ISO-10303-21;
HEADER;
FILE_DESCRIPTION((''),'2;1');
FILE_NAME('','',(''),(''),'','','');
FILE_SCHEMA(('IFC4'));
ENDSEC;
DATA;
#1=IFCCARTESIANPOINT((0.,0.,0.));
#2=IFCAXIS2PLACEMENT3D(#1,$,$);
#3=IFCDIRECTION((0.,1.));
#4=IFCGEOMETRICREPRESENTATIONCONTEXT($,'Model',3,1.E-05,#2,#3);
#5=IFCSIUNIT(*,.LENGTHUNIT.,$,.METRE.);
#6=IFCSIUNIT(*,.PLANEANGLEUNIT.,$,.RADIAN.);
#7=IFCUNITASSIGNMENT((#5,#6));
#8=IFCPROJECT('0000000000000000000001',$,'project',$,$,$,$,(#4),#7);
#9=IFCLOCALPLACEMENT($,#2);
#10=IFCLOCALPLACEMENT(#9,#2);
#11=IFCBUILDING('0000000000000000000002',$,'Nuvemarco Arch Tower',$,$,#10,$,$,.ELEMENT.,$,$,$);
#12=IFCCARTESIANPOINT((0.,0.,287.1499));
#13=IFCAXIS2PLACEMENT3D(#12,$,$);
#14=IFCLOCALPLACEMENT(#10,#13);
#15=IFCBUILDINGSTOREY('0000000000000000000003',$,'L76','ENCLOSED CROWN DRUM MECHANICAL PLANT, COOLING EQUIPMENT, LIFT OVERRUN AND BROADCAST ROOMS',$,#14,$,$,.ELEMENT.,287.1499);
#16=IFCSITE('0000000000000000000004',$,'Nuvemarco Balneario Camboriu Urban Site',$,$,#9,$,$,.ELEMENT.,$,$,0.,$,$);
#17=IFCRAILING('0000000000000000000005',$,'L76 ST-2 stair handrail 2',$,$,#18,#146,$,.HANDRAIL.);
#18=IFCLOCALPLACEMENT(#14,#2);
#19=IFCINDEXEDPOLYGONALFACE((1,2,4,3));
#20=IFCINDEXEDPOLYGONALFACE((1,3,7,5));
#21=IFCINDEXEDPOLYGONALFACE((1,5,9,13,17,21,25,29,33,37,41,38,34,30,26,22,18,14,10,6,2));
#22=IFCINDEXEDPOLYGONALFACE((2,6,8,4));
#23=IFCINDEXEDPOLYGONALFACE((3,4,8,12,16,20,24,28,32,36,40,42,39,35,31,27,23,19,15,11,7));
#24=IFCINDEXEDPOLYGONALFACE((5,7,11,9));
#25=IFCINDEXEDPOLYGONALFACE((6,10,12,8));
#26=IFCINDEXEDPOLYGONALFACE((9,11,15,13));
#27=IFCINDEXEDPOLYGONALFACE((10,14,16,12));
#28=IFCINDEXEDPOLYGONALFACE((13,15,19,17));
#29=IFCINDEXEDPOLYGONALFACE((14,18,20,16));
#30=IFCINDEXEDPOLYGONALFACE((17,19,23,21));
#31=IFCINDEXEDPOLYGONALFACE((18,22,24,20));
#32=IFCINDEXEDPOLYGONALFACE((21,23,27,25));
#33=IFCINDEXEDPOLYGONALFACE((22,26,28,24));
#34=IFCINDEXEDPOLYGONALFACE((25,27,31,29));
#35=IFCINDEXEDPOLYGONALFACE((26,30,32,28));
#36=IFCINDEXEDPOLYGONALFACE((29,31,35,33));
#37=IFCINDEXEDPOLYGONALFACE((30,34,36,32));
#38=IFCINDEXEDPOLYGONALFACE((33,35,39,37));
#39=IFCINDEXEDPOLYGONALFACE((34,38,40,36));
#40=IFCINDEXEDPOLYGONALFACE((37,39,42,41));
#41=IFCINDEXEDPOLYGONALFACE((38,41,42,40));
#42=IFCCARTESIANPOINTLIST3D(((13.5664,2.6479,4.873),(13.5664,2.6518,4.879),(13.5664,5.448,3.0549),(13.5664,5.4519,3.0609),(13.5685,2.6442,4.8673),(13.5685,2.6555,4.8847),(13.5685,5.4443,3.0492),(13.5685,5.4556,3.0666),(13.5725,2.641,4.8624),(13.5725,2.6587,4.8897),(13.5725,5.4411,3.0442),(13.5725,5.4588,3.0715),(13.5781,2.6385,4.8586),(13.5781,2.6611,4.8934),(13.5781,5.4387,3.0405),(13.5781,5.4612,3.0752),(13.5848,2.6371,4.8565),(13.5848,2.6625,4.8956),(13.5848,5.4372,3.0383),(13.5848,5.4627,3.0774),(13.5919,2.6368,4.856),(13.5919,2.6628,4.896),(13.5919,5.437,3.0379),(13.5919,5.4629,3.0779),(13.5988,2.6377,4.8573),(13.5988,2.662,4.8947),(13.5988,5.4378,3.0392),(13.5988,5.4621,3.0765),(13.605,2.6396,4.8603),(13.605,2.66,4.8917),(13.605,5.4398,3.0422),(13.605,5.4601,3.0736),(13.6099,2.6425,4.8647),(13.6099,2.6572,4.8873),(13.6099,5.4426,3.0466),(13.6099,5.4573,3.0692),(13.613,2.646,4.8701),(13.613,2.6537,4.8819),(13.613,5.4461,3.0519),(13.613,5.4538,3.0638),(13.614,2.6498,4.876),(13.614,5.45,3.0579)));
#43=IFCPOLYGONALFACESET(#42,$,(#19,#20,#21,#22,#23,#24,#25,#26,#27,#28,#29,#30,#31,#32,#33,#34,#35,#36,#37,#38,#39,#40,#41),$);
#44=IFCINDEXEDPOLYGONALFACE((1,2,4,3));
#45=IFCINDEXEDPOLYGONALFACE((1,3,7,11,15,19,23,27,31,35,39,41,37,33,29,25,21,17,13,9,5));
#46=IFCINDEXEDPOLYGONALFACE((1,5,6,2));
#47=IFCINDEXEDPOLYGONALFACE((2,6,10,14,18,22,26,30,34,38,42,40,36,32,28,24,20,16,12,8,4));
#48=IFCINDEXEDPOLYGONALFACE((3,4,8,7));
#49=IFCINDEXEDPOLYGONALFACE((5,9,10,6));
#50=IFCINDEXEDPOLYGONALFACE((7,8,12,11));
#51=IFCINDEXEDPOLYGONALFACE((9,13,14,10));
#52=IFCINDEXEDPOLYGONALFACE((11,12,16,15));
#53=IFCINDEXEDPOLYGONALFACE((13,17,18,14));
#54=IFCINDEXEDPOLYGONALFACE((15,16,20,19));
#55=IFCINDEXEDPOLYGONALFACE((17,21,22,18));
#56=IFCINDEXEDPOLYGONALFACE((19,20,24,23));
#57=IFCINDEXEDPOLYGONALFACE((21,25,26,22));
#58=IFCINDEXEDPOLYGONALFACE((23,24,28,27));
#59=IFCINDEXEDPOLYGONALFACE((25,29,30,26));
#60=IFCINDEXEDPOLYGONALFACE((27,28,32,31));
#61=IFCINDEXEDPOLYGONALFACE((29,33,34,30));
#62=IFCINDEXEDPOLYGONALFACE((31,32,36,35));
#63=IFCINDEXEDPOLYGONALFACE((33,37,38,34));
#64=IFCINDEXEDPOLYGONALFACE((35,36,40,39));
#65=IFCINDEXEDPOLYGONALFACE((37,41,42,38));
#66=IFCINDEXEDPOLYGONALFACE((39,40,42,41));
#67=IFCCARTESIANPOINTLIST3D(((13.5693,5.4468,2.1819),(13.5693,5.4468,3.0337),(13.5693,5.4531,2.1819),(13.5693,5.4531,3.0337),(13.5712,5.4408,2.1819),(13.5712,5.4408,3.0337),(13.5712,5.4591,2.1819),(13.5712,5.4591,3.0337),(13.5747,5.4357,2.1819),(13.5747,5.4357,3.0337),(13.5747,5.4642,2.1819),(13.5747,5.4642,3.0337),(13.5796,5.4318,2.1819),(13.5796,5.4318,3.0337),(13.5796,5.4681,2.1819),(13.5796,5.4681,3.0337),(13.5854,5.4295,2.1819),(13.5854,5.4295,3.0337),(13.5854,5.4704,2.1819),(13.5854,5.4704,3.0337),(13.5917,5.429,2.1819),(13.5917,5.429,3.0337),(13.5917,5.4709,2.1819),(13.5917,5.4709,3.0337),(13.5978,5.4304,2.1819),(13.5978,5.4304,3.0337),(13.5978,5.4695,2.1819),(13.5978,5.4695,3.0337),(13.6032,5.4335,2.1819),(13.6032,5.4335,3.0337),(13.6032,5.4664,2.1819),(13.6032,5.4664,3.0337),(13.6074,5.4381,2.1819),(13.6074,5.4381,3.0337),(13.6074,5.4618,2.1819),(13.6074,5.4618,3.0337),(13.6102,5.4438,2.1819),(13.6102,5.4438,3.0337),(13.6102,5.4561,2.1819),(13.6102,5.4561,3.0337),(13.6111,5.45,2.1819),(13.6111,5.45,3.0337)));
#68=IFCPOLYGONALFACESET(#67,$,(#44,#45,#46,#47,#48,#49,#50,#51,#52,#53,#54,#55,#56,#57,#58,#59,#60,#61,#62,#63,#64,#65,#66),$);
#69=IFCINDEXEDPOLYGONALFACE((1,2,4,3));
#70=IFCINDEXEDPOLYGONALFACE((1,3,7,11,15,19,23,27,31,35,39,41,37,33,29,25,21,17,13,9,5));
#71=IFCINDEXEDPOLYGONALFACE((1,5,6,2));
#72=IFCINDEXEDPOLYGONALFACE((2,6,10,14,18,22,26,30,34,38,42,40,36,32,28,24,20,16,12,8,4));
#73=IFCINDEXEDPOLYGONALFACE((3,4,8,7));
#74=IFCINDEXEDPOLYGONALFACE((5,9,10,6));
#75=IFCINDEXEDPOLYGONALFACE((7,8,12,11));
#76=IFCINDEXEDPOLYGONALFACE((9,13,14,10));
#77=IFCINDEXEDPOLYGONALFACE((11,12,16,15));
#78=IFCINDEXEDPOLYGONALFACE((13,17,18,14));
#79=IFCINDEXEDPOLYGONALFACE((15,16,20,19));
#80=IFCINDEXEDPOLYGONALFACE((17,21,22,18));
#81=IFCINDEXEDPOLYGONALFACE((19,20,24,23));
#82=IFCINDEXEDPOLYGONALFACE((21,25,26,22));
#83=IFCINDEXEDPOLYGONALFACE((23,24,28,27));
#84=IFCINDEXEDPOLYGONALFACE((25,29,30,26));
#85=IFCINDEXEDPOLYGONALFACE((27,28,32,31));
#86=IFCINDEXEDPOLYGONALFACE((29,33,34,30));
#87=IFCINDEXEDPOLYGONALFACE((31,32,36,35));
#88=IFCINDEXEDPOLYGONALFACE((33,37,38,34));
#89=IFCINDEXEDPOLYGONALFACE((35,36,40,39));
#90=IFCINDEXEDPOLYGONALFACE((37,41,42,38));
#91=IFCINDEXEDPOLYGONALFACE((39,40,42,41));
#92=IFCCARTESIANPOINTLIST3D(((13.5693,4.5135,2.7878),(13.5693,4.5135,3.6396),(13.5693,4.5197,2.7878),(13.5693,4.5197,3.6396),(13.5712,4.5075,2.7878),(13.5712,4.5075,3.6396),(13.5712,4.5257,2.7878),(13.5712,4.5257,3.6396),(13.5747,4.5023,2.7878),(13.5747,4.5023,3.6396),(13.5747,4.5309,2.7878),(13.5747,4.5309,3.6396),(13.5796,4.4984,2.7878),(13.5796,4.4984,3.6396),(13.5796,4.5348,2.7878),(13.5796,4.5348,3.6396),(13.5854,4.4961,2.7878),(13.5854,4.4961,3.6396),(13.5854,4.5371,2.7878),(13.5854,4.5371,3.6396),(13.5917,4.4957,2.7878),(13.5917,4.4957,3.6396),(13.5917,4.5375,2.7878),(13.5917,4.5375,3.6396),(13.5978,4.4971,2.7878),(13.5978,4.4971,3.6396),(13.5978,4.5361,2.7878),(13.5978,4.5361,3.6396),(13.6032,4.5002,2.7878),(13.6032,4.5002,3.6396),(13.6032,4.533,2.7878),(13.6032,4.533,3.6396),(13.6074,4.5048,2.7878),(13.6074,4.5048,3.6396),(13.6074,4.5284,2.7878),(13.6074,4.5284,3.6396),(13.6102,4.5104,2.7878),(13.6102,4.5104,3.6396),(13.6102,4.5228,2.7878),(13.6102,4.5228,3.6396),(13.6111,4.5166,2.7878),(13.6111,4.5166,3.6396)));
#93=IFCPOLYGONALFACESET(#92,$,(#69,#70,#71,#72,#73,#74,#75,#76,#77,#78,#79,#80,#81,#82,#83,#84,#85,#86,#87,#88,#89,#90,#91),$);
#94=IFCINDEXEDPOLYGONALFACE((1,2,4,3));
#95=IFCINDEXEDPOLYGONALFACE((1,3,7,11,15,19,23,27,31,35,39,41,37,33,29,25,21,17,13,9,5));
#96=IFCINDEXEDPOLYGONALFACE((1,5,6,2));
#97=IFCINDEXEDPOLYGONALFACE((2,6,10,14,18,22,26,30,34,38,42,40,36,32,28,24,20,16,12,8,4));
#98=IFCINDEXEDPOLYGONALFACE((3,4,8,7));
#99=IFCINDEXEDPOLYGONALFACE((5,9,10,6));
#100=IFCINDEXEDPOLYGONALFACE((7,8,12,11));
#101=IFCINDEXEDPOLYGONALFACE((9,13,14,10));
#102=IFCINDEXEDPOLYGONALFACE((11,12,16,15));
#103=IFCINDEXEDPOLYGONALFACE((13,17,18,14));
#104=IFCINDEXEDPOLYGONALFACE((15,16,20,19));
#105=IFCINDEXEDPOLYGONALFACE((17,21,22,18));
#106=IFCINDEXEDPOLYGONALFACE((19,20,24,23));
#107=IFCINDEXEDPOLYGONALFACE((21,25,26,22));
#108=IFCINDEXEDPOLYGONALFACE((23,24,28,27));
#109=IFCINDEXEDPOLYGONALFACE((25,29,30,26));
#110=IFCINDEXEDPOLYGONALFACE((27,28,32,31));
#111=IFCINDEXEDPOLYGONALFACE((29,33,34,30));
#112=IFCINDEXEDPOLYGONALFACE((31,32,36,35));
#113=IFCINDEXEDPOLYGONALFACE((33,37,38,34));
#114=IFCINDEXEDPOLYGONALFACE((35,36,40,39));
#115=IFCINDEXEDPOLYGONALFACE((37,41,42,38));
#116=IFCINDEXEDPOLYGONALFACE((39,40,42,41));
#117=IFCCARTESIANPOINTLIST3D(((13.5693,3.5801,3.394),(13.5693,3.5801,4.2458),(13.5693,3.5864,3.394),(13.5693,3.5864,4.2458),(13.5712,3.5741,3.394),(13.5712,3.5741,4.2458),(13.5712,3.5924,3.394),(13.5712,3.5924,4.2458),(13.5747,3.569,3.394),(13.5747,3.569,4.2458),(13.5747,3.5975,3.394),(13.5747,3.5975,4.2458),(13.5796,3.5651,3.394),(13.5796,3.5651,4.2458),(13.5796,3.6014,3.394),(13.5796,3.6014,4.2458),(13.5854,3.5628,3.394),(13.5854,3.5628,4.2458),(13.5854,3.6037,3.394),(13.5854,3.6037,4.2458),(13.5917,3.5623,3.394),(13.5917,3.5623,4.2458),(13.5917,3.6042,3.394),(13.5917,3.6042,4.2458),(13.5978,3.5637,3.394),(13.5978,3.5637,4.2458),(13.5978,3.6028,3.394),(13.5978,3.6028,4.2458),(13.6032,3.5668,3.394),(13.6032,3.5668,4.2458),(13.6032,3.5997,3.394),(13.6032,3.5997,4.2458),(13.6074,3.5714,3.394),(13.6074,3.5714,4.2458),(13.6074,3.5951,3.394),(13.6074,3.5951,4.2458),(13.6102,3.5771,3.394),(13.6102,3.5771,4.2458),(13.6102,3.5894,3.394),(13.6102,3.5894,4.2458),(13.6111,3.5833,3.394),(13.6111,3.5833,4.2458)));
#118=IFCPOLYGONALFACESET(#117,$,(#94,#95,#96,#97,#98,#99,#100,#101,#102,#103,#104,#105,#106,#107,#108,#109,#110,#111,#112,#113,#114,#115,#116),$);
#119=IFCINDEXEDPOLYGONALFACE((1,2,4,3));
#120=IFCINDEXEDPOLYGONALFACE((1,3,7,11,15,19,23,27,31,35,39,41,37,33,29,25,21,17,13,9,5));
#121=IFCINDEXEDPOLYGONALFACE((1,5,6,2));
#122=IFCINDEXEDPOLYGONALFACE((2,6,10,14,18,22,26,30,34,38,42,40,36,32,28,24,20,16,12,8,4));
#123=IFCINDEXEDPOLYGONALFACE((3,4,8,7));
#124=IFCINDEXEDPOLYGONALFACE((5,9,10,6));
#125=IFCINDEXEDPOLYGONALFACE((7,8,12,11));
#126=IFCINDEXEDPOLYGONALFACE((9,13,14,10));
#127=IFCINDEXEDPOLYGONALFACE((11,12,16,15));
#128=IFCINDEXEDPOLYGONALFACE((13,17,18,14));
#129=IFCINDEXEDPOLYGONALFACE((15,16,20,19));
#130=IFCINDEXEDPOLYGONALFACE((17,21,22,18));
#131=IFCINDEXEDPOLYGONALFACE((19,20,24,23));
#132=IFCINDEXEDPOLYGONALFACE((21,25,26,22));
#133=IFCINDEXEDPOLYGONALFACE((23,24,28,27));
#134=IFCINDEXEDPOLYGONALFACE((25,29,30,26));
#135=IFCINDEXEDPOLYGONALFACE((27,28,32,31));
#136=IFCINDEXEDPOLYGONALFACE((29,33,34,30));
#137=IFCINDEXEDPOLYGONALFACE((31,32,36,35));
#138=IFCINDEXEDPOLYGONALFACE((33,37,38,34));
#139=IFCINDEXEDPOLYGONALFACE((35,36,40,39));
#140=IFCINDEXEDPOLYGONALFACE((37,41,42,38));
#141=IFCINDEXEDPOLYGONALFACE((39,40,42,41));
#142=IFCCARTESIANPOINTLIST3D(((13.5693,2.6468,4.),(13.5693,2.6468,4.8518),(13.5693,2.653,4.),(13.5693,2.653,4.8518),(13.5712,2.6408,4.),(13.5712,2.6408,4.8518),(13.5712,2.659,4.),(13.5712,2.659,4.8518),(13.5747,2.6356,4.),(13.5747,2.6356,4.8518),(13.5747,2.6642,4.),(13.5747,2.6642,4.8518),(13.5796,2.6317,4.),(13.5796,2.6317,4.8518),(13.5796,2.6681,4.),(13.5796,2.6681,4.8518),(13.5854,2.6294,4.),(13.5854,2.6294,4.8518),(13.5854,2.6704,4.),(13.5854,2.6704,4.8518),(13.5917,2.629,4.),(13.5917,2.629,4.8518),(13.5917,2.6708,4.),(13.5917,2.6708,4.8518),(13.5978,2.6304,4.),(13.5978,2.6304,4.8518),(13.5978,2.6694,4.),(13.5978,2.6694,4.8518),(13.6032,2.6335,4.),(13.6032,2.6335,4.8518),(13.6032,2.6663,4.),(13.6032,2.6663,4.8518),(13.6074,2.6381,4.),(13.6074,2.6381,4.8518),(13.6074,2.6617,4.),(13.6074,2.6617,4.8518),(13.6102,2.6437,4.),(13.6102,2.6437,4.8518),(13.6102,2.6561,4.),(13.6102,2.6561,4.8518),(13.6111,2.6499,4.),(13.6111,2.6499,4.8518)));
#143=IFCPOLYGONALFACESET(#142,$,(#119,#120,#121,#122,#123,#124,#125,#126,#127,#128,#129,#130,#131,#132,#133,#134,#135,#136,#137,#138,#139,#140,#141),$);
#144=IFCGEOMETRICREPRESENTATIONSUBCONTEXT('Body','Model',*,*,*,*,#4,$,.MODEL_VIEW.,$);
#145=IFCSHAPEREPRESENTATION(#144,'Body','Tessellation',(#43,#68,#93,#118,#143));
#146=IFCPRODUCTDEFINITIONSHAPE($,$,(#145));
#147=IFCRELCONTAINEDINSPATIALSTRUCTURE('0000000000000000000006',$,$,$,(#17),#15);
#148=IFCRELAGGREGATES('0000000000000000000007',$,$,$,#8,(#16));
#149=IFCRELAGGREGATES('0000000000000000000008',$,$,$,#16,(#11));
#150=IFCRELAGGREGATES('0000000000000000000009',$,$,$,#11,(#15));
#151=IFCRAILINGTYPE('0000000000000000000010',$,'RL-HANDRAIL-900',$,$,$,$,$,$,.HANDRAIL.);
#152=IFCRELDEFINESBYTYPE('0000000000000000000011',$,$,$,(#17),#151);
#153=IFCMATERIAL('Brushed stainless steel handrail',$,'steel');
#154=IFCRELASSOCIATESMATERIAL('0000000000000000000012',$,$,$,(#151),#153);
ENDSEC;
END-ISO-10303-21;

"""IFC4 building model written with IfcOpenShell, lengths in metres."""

from ifc_helpers import new_model, si_unit, direction, frame, origin, origin_2d, place, context, subcontext, project, spatial, circle, extrude, material, type_object, element, save


model = new_model("IFC4")

# Units and contexts
model_context = context("Model", 3, precision=1e-05, world=origin(), true_north=direction((0.0, 1.0)))
body_context = subcontext(model_context, "Body", "Model", "MODEL_VIEW")
ifc_project = project(units=[si_unit("LENGTHUNIT", "METRE"), si_unit("PLANEANGLEUNIT", "RADIAN")], contexts=[model_context])

# Site, building, storey
site_placement = place(None, origin())
site = spatial("IfcSite", under=ifc_project, at=site_placement, Name="Nuvemarco Balneario Camboriu Urban Site", CompositionType="ELEMENT", RefElevation=0.0)
building_placement = place(site_placement, origin())
building = spatial("IfcBuilding", under=site, at=building_placement, Name="Nuvemarco Arch Tower", CompositionType="ELEMENT")
storey_placement = place(building_placement, frame((0.0, 0.0, 287.1499)))
storey = spatial("IfcBuildingStorey", under=building, at=storey_placement, Name="L76", Description="ENCLOSED CROWN DRUM MECHANICAL PLANT, COOLING EQUIPMENT, LIFT OVERRUN AND BROADCAST ROOMS", CompositionType="ELEMENT", Elevation=287.1499)

# Railing
ifc_material_1 = material(Name="Brushed stainless steel handrail", Category="steel")
railing_type_1 = type_object("IfcRailingType", Name="RL-HANDRAIL-900", PredefinedType="HANDRAIL", material=ifc_material_1)
railing_1_placement = place(storey_placement, frame((13.5901, 5.45, 2.1819)))
element("IfcRailing", 1, at=railing_1_placement, inside=storey, type_object=railing_type_1, Name="L76 ST-2 stair handrail 2", PredefinedType="HANDRAIL", context=body_context, shape_type="SweptSolid", body=[
    extrude(circle(Radius=0.0239, at=origin_2d()), frame((0.0, 0.0, 0.876), z_axis=(0.0, -0.838706, 0.544585), x_axis=(1.0, 0.0, 0.0)), (0.0, 0.0, 1.0), 3.3386),
    extrude(circle(Radius=0.021, at=origin_2d()), origin(), (0.0, 0.0, 1.0), 0.8518),
    extrude(circle(Radius=0.021, at=origin_2d()), frame((0.0, -0.9333, 0.606)), (0.0, 0.0, 1.0), 0.8518),
    extrude(circle(Radius=0.021, at=origin_2d()), frame((0.0, -1.8667, 1.2122)), (0.0, 0.0, 1.0), 0.8518),
    extrude(circle(Radius=0.021, at=origin_2d()), frame((0.0, -2.8, 1.8181)), (0.0, 0.0, 1.0), 0.8518),
])

save(model, "model.ifc")
